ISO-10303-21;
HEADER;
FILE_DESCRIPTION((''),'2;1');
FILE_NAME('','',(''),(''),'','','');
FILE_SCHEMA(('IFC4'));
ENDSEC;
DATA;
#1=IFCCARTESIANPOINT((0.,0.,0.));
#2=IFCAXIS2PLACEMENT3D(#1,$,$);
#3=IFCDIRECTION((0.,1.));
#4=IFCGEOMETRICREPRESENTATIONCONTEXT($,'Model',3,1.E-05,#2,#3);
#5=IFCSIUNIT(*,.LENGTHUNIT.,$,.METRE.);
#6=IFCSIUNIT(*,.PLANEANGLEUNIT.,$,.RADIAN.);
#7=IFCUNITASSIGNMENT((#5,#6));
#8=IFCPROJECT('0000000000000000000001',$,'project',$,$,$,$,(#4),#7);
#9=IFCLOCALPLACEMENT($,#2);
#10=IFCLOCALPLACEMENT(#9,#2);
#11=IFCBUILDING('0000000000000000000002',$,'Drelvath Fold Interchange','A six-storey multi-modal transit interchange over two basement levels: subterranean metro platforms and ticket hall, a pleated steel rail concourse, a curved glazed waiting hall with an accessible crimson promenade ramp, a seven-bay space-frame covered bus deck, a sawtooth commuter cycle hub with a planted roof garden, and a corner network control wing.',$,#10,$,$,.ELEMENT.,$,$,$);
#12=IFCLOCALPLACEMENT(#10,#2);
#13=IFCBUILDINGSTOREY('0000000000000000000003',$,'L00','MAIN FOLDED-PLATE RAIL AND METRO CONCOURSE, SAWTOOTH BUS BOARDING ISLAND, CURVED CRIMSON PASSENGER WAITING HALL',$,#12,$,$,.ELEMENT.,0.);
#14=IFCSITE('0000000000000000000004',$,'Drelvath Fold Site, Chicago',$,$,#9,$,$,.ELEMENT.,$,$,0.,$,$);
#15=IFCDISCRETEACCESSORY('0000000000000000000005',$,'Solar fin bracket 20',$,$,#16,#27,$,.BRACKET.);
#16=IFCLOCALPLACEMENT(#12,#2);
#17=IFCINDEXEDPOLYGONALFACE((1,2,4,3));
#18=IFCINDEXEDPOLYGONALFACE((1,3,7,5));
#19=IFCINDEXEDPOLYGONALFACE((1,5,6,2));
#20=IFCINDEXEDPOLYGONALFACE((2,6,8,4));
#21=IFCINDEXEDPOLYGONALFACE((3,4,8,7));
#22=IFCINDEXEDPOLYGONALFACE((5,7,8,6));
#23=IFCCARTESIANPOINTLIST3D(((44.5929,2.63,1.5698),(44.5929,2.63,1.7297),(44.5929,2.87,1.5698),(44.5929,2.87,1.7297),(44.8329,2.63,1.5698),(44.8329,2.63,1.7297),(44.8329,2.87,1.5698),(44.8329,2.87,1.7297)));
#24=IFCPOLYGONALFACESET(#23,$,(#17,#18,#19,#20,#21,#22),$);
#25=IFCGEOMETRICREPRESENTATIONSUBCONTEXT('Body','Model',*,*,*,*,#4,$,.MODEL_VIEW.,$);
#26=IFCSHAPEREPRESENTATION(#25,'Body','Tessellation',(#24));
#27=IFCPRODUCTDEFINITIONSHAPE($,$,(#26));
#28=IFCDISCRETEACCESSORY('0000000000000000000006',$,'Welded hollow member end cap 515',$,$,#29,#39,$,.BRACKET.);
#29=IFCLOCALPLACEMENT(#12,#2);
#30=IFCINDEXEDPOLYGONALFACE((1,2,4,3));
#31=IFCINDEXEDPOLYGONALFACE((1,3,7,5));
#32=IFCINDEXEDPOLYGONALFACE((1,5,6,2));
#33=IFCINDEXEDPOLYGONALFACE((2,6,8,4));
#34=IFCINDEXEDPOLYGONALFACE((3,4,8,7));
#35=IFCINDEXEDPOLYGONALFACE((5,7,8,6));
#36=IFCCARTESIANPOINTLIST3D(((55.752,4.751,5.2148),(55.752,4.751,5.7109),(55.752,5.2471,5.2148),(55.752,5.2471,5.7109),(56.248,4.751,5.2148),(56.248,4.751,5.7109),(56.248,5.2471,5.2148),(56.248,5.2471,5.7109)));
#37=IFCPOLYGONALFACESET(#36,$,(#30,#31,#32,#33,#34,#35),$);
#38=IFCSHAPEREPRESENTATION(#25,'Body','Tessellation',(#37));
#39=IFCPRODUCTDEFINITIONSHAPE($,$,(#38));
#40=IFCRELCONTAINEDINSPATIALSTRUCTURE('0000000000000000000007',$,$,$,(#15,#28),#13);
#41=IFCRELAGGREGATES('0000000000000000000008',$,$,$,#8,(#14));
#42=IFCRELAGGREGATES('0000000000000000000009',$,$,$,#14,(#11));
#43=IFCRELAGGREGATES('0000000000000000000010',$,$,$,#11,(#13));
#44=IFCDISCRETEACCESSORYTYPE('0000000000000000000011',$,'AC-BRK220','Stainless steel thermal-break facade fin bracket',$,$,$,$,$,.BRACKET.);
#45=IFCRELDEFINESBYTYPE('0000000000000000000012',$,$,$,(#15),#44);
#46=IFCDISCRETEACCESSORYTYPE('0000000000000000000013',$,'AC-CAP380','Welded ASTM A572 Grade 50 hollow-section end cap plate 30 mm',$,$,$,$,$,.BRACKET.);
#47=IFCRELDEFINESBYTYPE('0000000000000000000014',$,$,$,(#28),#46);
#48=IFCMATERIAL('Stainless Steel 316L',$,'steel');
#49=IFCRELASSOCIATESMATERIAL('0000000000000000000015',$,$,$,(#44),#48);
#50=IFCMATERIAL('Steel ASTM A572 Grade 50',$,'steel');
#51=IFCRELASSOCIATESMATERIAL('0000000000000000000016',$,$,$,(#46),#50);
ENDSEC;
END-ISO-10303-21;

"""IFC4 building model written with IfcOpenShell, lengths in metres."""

from ifc_helpers import new_model, si_unit, direction, frame, origin, origin_2d, place, context, subcontext, project, spatial, rectangle, extrude, material, type_object, element, save


model = new_model("IFC4")

# Units and contexts
model_context = context("Model", 3, precision=1e-05, world=origin(), true_north=direction((0.0, 1.0)))
body_context = subcontext(model_context, "Body", "Model", "MODEL_VIEW")
ifc_project = project(units=[si_unit("LENGTHUNIT", "METRE"), si_unit("PLANEANGLEUNIT", "RADIAN")], contexts=[model_context])

# Site, building, storey
site_placement = place(None, origin())
site = spatial("IfcSite", under=ifc_project, at=site_placement, Name="Drelvath Fold Site, Chicago", CompositionType="ELEMENT", RefElevation=0.0)
building_placement = place(site_placement, origin())
building = spatial("IfcBuilding", under=site, at=building_placement, Name="Drelvath Fold Interchange", Description="A six-storey multi-modal transit interchange over two basement levels: subterranean metro platforms and ticket hall, a pleated steel rail concourse, a curved glazed waiting hall with an accessible crimson promenade ramp, a seven-bay space-frame covered bus deck, a sawtooth commuter cycle hub with a planted roof garden, and a corner network control wing.", CompositionType="ELEMENT")
storey_placement = place(building_placement, origin())
storey = spatial("IfcBuildingStorey", under=building, at=storey_placement, Name="L00", Description="MAIN FOLDED-PLATE RAIL AND METRO CONCOURSE, SAWTOOTH BUS BOARDING ISLAND, CURVED CRIMSON PASSENGER WAITING HALL", CompositionType="ELEMENT", Elevation=0.0)

# Shared definitions
ifc_material_1 = material(Name="Steel ASTM A572 Grade 50", Category="steel")

# Shared definitions
ifc_material_2 = material(Name="Stainless Steel 316L", Category="steel")

# Discrete accessories
discrete_accessory_type_1 = type_object("IfcDiscreteAccessoryType", Name="AC-BRK220", Description="Stainless steel thermal-break facade fin bracket", PredefinedType="BRACKET", material=ifc_material_2)
discrete_accessory_1_placement = place(storey_placement, frame((44.7129, 2.75, 1.5698), z_axis=(0.0, 0.0, 1.0), x_axis=(0.0, 1.0, 0.0)))
element("IfcDiscreteAccessory", 1, at=discrete_accessory_1_placement, inside=storey, type_object=discrete_accessory_type_1, Name="Solar fin bracket 20", PredefinedType="BRACKET", context=body_context, shape_type="SweptSolid", body=[
    extrude(rectangle(XDim=0.24, YDim=0.24, at=origin_2d()), origin(), (0.0, 0.0, 1.0), 0.1599),
])
discrete_accessory_type_2 = type_object("IfcDiscreteAccessoryType", Name="AC-CAP380", Description="Welded ASTM A572 Grade 50 hollow-section end cap plate 30 mm", PredefinedType="BRACKET", material=ifc_material_1)
discrete_accessory_2_placement = place(storey_placement, frame((56.0, 4.999, 5.2148), z_axis=(0.0, 0.0, 1.0), x_axis=(1.0, 0.0, 0.0)))
element("IfcDiscreteAccessory", 2, at=discrete_accessory_2_placement, inside=storey, type_object=discrete_accessory_type_2, Name="Welded hollow member end cap 515", PredefinedType="BRACKET", context=body_context, shape_type="SweptSolid", body=[
    extrude(rectangle(XDim=0.4961, YDim=0.4961, at=origin_2d()), origin(), (0.0, 0.0, 1.0), 0.4961),
])

save(model, "model.ifc")
